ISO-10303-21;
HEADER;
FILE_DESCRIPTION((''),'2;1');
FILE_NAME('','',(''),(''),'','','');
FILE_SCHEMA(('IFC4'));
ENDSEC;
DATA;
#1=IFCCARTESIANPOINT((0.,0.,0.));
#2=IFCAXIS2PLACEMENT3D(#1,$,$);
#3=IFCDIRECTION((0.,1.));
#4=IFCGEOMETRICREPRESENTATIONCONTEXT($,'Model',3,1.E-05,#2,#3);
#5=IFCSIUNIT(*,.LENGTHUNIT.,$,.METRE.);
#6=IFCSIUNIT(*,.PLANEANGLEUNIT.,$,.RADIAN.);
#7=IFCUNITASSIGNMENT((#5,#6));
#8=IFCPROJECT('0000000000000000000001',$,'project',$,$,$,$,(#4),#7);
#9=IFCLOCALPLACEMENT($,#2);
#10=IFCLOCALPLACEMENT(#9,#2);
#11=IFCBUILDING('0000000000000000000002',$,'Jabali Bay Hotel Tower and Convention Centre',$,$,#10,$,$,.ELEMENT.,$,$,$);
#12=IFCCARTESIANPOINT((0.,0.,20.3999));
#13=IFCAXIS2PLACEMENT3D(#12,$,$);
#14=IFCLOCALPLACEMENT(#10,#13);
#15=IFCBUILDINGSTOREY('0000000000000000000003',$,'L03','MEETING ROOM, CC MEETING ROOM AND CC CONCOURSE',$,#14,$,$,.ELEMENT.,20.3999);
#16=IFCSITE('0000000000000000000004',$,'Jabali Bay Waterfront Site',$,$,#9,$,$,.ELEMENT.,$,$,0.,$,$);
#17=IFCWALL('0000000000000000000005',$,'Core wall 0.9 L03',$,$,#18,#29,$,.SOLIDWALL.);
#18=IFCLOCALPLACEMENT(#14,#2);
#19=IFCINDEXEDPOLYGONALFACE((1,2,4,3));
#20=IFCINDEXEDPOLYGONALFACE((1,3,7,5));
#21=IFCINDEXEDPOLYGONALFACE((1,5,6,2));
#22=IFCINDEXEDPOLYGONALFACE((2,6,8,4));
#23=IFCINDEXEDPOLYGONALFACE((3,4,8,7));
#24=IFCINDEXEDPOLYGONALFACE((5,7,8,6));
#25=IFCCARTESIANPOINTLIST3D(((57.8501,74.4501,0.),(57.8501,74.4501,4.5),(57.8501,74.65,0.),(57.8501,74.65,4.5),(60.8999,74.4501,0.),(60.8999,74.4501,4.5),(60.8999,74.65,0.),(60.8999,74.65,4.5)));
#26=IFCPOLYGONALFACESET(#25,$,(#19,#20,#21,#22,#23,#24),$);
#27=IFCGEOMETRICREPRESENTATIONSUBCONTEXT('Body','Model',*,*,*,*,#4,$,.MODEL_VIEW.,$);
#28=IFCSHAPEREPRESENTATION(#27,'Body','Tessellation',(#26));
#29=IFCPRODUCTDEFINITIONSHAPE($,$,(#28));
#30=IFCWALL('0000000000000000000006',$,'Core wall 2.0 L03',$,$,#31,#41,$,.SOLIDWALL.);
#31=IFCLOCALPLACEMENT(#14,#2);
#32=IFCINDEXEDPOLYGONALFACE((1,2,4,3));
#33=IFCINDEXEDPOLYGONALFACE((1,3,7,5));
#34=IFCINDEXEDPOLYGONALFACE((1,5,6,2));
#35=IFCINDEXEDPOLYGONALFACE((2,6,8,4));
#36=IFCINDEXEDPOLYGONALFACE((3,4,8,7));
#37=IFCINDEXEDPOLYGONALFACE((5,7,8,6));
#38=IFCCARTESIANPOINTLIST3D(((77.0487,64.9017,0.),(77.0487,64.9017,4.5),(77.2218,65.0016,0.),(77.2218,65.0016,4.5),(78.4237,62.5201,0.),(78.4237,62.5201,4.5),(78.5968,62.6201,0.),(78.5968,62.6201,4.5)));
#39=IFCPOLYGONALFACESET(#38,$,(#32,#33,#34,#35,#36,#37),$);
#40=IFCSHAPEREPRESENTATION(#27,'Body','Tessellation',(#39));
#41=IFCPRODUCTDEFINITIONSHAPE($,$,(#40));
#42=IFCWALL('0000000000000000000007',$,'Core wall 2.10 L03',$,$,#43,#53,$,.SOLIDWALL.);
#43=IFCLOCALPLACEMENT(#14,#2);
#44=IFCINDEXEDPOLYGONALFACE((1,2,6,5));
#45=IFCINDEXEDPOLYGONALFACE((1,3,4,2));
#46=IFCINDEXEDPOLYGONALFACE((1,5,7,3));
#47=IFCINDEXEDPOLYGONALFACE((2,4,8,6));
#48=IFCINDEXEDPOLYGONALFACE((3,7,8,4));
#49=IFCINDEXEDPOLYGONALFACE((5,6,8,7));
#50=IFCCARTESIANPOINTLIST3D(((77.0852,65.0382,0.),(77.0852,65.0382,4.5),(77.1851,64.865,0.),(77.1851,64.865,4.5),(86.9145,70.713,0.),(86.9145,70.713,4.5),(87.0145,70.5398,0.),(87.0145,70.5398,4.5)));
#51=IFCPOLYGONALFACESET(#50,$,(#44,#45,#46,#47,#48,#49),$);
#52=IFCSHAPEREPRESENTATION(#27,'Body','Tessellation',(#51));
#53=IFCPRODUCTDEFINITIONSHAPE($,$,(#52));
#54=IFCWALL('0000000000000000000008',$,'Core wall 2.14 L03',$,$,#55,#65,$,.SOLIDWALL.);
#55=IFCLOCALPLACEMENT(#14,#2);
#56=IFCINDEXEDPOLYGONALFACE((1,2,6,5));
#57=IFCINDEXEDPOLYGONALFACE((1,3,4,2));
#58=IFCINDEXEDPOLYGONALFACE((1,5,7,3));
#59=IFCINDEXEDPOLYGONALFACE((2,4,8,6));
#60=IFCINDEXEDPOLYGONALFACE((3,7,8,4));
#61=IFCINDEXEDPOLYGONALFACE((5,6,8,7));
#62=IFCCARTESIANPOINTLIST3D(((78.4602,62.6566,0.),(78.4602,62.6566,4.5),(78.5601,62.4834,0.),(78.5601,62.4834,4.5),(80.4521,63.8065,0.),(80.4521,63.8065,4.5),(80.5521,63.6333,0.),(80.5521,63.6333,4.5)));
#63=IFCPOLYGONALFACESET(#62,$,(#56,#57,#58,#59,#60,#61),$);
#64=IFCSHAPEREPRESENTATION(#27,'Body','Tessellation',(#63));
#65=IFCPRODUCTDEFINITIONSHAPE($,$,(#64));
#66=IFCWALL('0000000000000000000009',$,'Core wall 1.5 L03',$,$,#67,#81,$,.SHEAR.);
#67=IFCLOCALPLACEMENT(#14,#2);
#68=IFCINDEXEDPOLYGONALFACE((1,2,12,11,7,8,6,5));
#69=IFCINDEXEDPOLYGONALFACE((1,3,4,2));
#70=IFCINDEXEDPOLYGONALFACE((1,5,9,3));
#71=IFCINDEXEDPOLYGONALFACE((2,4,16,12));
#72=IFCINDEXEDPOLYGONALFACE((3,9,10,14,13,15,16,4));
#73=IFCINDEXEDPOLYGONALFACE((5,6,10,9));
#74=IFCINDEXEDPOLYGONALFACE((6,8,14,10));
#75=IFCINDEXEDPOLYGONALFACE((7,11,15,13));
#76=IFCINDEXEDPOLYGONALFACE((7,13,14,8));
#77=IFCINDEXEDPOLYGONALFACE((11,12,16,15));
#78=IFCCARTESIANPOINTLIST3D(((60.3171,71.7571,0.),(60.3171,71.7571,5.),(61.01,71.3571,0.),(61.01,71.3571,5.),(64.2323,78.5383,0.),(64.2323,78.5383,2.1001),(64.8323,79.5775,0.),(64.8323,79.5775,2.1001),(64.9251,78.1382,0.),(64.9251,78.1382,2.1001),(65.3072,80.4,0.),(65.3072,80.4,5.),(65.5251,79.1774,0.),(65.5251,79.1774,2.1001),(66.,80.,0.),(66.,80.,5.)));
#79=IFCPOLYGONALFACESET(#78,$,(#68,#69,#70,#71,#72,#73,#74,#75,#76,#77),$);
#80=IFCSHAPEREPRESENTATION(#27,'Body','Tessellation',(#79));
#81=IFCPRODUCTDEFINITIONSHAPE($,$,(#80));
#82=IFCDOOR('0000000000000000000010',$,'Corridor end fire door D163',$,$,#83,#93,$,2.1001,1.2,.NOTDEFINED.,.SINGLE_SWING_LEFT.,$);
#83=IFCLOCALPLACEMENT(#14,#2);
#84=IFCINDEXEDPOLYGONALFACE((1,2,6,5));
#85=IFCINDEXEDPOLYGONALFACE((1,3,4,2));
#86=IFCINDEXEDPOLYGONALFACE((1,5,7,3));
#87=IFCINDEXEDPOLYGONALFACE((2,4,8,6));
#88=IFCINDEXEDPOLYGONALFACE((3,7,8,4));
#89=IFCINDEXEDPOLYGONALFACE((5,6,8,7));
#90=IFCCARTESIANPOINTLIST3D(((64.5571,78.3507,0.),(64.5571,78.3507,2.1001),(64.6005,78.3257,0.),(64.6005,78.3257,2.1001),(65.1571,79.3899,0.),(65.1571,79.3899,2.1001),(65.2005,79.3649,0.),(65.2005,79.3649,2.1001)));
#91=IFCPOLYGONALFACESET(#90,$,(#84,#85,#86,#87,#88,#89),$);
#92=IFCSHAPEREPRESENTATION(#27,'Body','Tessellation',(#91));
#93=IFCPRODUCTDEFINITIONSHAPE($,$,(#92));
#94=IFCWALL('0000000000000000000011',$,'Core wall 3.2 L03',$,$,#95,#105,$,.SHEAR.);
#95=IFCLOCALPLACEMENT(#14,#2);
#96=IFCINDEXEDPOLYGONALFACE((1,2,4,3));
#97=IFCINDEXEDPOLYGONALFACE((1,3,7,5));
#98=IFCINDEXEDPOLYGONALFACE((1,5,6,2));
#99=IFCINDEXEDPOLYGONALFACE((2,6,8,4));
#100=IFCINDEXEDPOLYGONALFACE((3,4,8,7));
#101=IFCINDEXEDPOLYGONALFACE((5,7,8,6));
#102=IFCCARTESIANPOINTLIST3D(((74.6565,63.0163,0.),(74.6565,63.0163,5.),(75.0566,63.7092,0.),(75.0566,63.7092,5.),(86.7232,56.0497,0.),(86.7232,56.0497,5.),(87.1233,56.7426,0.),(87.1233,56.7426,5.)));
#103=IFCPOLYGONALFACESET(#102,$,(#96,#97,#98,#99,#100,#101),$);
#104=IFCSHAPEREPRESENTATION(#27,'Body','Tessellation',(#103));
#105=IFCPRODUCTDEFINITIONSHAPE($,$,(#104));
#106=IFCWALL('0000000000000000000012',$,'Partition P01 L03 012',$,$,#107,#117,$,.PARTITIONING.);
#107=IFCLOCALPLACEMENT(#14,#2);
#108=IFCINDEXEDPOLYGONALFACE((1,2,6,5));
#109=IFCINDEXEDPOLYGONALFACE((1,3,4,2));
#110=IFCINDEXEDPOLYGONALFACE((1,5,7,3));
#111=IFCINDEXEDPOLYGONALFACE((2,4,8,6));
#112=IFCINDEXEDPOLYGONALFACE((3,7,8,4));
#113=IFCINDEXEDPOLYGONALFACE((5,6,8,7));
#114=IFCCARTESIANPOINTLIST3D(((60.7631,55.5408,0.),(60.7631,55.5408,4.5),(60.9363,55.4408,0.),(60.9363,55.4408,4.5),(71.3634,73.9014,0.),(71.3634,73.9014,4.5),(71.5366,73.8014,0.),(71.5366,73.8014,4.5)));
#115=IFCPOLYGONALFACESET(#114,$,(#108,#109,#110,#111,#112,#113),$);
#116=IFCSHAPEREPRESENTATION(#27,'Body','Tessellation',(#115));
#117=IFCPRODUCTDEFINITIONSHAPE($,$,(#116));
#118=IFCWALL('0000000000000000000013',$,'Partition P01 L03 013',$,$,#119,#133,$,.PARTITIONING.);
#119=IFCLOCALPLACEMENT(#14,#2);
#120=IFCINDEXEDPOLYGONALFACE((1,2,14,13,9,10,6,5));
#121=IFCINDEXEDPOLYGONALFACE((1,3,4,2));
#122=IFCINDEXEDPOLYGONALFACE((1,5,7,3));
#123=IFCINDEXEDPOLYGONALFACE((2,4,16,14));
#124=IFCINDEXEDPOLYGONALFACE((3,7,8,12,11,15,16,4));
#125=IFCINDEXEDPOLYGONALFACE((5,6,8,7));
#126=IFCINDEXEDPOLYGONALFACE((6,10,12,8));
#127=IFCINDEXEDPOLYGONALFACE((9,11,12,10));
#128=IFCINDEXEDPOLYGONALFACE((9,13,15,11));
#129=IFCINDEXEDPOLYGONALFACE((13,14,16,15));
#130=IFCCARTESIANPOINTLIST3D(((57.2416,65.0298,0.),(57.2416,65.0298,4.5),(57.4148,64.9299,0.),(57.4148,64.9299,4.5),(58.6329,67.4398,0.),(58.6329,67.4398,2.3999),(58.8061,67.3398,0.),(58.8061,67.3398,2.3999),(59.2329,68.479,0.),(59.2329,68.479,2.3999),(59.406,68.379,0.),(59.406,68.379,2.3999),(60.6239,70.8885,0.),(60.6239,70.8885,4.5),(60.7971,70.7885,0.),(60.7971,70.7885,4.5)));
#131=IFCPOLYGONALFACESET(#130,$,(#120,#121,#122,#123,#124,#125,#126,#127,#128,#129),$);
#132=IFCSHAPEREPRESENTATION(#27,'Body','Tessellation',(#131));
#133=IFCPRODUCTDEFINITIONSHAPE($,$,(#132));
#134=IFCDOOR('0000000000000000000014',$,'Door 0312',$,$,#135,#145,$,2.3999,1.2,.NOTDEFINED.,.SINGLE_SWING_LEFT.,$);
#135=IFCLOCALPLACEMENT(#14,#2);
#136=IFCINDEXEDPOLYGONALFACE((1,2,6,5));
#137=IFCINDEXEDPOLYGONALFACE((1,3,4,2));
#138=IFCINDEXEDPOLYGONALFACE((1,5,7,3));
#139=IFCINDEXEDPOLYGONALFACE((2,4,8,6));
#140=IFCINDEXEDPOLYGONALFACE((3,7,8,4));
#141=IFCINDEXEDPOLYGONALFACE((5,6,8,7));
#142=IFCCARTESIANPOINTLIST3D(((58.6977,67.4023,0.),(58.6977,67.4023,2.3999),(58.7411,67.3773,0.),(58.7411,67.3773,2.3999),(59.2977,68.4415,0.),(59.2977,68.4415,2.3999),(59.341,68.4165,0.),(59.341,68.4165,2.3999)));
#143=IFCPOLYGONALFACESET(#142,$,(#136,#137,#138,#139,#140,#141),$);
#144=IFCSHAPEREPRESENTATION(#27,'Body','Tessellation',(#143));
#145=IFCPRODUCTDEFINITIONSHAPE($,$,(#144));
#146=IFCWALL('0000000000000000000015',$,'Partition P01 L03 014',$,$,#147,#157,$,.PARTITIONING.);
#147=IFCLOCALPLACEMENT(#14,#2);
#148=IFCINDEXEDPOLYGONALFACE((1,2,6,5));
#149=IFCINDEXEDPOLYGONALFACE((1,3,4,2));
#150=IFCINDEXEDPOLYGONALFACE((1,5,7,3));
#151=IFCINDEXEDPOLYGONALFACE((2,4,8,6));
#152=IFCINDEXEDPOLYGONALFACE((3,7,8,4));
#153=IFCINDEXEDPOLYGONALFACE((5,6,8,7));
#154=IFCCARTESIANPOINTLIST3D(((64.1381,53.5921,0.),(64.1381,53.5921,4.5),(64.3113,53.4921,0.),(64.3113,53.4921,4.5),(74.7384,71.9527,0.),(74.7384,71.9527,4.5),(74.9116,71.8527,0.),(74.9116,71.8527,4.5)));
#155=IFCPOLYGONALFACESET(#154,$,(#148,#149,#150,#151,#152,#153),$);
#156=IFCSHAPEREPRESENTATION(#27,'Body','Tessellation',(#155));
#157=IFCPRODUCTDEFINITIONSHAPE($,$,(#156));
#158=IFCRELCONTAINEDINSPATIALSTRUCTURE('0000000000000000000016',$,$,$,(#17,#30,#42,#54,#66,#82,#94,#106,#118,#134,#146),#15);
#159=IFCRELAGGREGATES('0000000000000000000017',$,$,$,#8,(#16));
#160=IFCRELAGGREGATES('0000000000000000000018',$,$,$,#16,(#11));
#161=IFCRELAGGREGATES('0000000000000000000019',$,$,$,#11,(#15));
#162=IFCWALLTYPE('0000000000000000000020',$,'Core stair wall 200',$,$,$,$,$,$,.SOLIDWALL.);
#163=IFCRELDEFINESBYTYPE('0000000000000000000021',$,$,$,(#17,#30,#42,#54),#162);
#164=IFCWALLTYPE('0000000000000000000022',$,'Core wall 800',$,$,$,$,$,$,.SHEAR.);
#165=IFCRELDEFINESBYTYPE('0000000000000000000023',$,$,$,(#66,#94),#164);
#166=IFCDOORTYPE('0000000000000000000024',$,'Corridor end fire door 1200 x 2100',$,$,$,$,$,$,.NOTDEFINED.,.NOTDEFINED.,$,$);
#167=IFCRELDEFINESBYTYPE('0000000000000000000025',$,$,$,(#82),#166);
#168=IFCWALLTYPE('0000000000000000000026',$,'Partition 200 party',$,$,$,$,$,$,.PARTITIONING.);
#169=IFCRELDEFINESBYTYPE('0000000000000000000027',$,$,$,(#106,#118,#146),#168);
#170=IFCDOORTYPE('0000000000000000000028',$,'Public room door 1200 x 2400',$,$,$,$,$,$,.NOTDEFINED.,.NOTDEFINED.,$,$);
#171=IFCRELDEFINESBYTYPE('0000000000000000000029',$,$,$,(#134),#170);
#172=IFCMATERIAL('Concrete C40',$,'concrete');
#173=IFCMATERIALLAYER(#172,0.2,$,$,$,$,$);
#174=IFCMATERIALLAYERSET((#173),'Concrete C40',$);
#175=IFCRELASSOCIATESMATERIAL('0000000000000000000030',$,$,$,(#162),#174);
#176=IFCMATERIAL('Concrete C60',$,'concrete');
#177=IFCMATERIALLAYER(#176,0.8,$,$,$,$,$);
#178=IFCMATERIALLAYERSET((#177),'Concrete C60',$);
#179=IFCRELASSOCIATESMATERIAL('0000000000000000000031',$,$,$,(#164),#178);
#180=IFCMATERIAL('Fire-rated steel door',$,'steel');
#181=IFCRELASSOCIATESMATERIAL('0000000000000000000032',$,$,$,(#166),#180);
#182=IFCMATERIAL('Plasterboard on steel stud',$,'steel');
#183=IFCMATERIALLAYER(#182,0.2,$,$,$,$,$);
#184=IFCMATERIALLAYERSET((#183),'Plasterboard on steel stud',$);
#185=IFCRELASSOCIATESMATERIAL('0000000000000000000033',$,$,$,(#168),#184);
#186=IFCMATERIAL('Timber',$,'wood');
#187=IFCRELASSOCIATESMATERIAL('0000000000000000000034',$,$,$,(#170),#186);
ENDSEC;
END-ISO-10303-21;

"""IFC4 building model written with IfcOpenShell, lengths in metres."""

from ifc_helpers import new_model, si_unit, direction, frame, frame_2d, origin, place, context, subcontext, project, spatial, rectangle, extrude, material, layer, layer_set, type_object, element, fill, save


model = new_model("IFC4")

# Units and contexts
model_context = context("Model", 3, precision=1e-05, world=origin(), true_north=direction((0.0, 1.0)))
body_context = subcontext(model_context, "Body", "Model", "MODEL_VIEW")
ifc_project = project(units=[si_unit("LENGTHUNIT", "METRE"), si_unit("PLANEANGLEUNIT", "RADIAN")], contexts=[model_context])

# Site, building, storey
site_placement = place(None, origin())
site = spatial("IfcSite", under=ifc_project, at=site_placement, Name="Jabali Bay Waterfront Site", CompositionType="ELEMENT", RefElevation=0.0)
building_placement = place(site_placement, origin())
building = spatial("IfcBuilding", under=site, at=building_placement, Name="Jabali Bay Hotel Tower and Convention Centre", CompositionType="ELEMENT")
storey_placement = place(building_placement, frame((0.0, 0.0, 20.3999)))
storey = spatial("IfcBuildingStorey", under=building, at=storey_placement, Name="L03", Description="MEETING ROOM, CC MEETING ROOM AND CC CONCOURSE", CompositionType="ELEMENT", Elevation=20.3999)

# Shared definitions
ifc_material_1 = material(Name="Concrete C60", Category="concrete")

# Shared definitions
ifc_material_2 = material(Name="Concrete C40", Category="concrete")
ifc_material_3 = material(Name="Fire-rated steel door", Category="steel")

# Walls
ifc_layer_1 = layer(ifc_material_2, 0.2)
ifc_layer_set_1 = layer_set([ifc_layer_1], Name="Concrete C40")
wall_type_1 = type_object("IfcWallType", Name="Core stair wall 200", PredefinedType="SOLIDWALL", material=ifc_layer_set_1)
wall_1_placement = place(storey_placement, frame((60.8999, 74.55, 0.0), z_axis=(0.0, 0.0, 1.0), x_axis=(-1.0, 0.0, 0.0)))
element("IfcWall", 1, at=wall_1_placement, inside=storey, type_object=wall_type_1, Name="Core wall 0.9 L03", PredefinedType="SOLIDWALL", context=body_context, shape_type="SweptSolid", body=[
    extrude(rectangle(XDim=3.0498, YDim=0.2, at=frame_2d((1.5249, 0.0))), origin(), (0.0, 0.0, 1.0), 4.5),
])
wall_2_placement = place(storey_placement, frame((77.1353, 64.9517, 0.0), z_axis=(0.0, 0.0, 1.0), x_axis=(0.499997, -0.866027, 0.0)))
element("IfcWall", 2, at=wall_2_placement, inside=storey, type_object=wall_type_1, Name="Core wall 2.0 L03", PredefinedType="SOLIDWALL", context=body_context, shape_type="SweptSolid", body=[
    extrude(rectangle(XDim=2.75, YDim=0.2, at=frame_2d((1.375, 0.0))), origin(), (0.0, 0.0, 1.0), 4.5),
])
wall_3_placement = place(storey_placement, frame((77.1353, 64.9517, 0.0), z_axis=(0.0, 0.0, 1.0), x_axis=(0.866032, 0.499989, 0.0)))
element("IfcWall", 3, at=wall_3_placement, inside=storey, type_object=wall_type_1, Name="Core wall 2.10 L03", PredefinedType="SOLIDWALL", context=body_context, shape_type="SweptSolid", body=[
    extrude(rectangle(XDim=11.3499, YDim=0.2, at=frame_2d((5.6748, 0.0))), origin(), (0.0, 0.0, 1.0), 4.5),
])
wall_4_placement = place(storey_placement, frame((78.5103, 62.5701, 0.0), z_axis=(0.0, 0.0, 1.0), x_axis=(0.866053, 0.499952, 0.0)))
element("IfcWall", 4, at=wall_4_placement, inside=storey, type_object=wall_type_1, Name="Core wall 2.14 L03", PredefinedType="SOLIDWALL", context=body_context, shape_type="SweptSolid", body=[
    extrude(rectangle(XDim=2.3, YDim=0.2, at=frame_2d((1.1499, 0.0))), origin(), (0.0, 0.0, 1.0), 4.5),
])

# Wall, opening, door
ifc_layer_2 = layer(ifc_material_1, 0.8)
ifc_layer_set_2 = layer_set([ifc_layer_2], Name="Concrete C60")
wall_type_2 = type_object("IfcWallType", Name="Core wall 800", PredefinedType="SHEAR", material=ifc_layer_set_2)
wall_5_placement = place(storey_placement, frame((60.6636, 71.5571, 0.0), z_axis=(0.0, 0.0, 1.0), x_axis=(0.500004, 0.866023, 0.0)))
wall_5 = element("IfcWall", 5, at=wall_5_placement, inside=storey, type_object=wall_type_2, Name="Core wall 1.5 L03", PredefinedType="SHEAR", context=body_context, shape_type="SweptSolid", body=[
    extrude(rectangle(XDim=9.98, YDim=0.8, at=frame_2d((4.99, 0.0))), origin(), (0.0, 0.0, 1.0), 5.0),
])
opening_1_placement = place(wall_5_placement, frame((7.8301, 0.0, 0.0)))
opening_1 = element("IfcOpeningElement", 6, at=opening_1_placement, cuts=wall_5, PredefinedType="OPENING", context=body_context, shape_type="SweptSolid", body=[
    extrude(rectangle(XDim=1.2, YDim=2.1001, at=frame_2d((0.6001, 1.05))), frame((0.0, 0.4106, 0.0), z_axis=(0.0, -1.0, 0.0), x_axis=(1.0, 0.0, 0.0)), (0.0, 0.0, 1.0), 0.821),
])
door_type_1 = type_object("IfcDoorType", Name="Corridor end fire door 1200 x 2100", OperationType="NOTDEFINED", PredefinedType="NOTDEFINED", material=ifc_material_3)
door_1_placement = place(opening_1_placement, origin())
door_1 = element("IfcDoor", 7, at=door_1_placement, inside=storey, type_object=door_type_1, Name="Corridor end fire door D163", OperationType="SINGLE_SWING_LEFT", OverallHeight=2.1001, OverallWidth=1.2, PredefinedType="NOTDEFINED", context=body_context, shape_type="SweptSolid", body=[
    extrude(rectangle(XDim=1.2, YDim=2.1001, at=frame_2d((0.6001, 1.05))), frame((0.0, 0.0249, 0.0), z_axis=(0.0, -1.0, 0.0), x_axis=(1.0, 0.0, 0.0)), (0.0, 0.0, 1.0), 0.05),
])
fill(opening_1, door_1)

# Walls
wall_6_placement = place(storey_placement, frame((74.8564, 63.3628, 0.0), z_axis=(0.0, 0.0, 1.0), x_axis=(0.866029, -0.499993, 0.0)))
element("IfcWall", 8, at=wall_6_placement, inside=storey, type_object=wall_type_2, Name="Core wall 3.2 L03", PredefinedType="SHEAR", context=body_context, shape_type="SweptSolid", body=[
    extrude(rectangle(XDim=13.9333, YDim=0.8, at=frame_2d((6.9668, 0.0))), origin(), (0.0, 0.0, 1.0), 5.0),
])
ifc_material_4 = material(Name="Plasterboard on steel stud", Category="steel")
ifc_layer_3 = layer(ifc_material_4, 0.2)
ifc_layer_set_3 = layer_set([ifc_layer_3], Name="Plasterboard on steel stud")
wall_type_3 = type_object("IfcWallType", Name="Partition 200 party", PredefinedType="PARTITIONING", material=ifc_layer_set_3)
wall_7_placement = place(storey_placement, frame((60.8496, 55.4907, 0.0), z_axis=(0.0, 0.0, 1.0), x_axis=(0.499995, 0.866029, 0.0)))
element("IfcWall", 9, at=wall_7_placement, inside=storey, type_object=wall_type_3, Name="Partition P01 L03 012", PredefinedType="PARTITIONING", context=body_context, shape_type="SweptSolid", body=[
    extrude(rectangle(XDim=21.2009, YDim=0.2, at=frame_2d((10.6006, 0.0))), origin(), (0.0, 0.0, 1.0), 4.5),
])

# Wall, opening, door
wall_8_placement = place(storey_placement, frame((60.7104, 70.8384, 0.0), z_axis=(0.0, 0.0, 1.0), x_axis=(-0.499982, -0.866036, 0.0)))
wall_8 = element("IfcWall", 10, at=wall_8_placement, inside=storey, type_object=wall_type_3, Name="Partition P01 L03 013", PredefinedType="PARTITIONING", context=body_context, shape_type="SweptSolid", body=[
    extrude(rectangle(XDim=6.7649, YDim=0.2, at=frame_2d((3.3823, 0.0))), origin(), (0.0, 0.0, 1.0), 4.5),
])
opening_2_placement = place(wall_8_placement, frame((2.782, 0.0, 0.0)))
opening_2 = element("IfcOpeningElement", 11, at=opening_2_placement, cuts=wall_8, PredefinedType="OPENING", context=body_context, shape_type="SweptSolid", body=[
    extrude(rectangle(XDim=1.2, YDim=2.3999, at=frame_2d((0.6001, 1.2))), frame((0.0, 0.1104, 0.0), z_axis=(0.0, -1.0, 0.0), x_axis=(1.0, 0.0, 0.0)), (0.0, 0.0, 1.0), 0.2209),
])
ifc_material_5 = material(Name="Timber", Category="wood")
door_type_2 = type_object("IfcDoorType", Name="Public room door 1200 x 2400", OperationType="NOTDEFINED", PredefinedType="NOTDEFINED", material=ifc_material_5)
door_2_placement = place(opening_2_placement, origin())
door_2 = element("IfcDoor", 12, at=door_2_placement, inside=storey, type_object=door_type_2, Name="Door 0312", OperationType="SINGLE_SWING_LEFT", OverallHeight=2.3999, OverallWidth=1.2, PredefinedType="NOTDEFINED", context=body_context, shape_type="SweptSolid", body=[
    extrude(rectangle(XDim=1.2, YDim=2.3999, at=frame_2d((0.6001, 1.2))), frame((0.0, 0.0249, 0.0), z_axis=(0.0, -1.0, 0.0), x_axis=(1.0, 0.0, 0.0)), (0.0, 0.0, 1.0), 0.05),
])
fill(opening_2, door_2)

# Wall
wall_9_placement = place(storey_placement, frame((64.2246, 53.542, 0.0), z_axis=(0.0, 0.0, 1.0), x_axis=(0.499995, 0.866029, 0.0)))
element("IfcWall", 13, at=wall_9_placement, inside=storey, type_object=wall_type_3, Name="Partition P01 L03 014", PredefinedType="PARTITIONING", context=body_context, shape_type="SweptSolid", body=[
    extrude(rectangle(XDim=21.2009, YDim=0.2, at=frame_2d((10.6006, 0.0))), origin(), (0.0, 0.0, 1.0), 4.5),
])

save(model, "model.ifc")
